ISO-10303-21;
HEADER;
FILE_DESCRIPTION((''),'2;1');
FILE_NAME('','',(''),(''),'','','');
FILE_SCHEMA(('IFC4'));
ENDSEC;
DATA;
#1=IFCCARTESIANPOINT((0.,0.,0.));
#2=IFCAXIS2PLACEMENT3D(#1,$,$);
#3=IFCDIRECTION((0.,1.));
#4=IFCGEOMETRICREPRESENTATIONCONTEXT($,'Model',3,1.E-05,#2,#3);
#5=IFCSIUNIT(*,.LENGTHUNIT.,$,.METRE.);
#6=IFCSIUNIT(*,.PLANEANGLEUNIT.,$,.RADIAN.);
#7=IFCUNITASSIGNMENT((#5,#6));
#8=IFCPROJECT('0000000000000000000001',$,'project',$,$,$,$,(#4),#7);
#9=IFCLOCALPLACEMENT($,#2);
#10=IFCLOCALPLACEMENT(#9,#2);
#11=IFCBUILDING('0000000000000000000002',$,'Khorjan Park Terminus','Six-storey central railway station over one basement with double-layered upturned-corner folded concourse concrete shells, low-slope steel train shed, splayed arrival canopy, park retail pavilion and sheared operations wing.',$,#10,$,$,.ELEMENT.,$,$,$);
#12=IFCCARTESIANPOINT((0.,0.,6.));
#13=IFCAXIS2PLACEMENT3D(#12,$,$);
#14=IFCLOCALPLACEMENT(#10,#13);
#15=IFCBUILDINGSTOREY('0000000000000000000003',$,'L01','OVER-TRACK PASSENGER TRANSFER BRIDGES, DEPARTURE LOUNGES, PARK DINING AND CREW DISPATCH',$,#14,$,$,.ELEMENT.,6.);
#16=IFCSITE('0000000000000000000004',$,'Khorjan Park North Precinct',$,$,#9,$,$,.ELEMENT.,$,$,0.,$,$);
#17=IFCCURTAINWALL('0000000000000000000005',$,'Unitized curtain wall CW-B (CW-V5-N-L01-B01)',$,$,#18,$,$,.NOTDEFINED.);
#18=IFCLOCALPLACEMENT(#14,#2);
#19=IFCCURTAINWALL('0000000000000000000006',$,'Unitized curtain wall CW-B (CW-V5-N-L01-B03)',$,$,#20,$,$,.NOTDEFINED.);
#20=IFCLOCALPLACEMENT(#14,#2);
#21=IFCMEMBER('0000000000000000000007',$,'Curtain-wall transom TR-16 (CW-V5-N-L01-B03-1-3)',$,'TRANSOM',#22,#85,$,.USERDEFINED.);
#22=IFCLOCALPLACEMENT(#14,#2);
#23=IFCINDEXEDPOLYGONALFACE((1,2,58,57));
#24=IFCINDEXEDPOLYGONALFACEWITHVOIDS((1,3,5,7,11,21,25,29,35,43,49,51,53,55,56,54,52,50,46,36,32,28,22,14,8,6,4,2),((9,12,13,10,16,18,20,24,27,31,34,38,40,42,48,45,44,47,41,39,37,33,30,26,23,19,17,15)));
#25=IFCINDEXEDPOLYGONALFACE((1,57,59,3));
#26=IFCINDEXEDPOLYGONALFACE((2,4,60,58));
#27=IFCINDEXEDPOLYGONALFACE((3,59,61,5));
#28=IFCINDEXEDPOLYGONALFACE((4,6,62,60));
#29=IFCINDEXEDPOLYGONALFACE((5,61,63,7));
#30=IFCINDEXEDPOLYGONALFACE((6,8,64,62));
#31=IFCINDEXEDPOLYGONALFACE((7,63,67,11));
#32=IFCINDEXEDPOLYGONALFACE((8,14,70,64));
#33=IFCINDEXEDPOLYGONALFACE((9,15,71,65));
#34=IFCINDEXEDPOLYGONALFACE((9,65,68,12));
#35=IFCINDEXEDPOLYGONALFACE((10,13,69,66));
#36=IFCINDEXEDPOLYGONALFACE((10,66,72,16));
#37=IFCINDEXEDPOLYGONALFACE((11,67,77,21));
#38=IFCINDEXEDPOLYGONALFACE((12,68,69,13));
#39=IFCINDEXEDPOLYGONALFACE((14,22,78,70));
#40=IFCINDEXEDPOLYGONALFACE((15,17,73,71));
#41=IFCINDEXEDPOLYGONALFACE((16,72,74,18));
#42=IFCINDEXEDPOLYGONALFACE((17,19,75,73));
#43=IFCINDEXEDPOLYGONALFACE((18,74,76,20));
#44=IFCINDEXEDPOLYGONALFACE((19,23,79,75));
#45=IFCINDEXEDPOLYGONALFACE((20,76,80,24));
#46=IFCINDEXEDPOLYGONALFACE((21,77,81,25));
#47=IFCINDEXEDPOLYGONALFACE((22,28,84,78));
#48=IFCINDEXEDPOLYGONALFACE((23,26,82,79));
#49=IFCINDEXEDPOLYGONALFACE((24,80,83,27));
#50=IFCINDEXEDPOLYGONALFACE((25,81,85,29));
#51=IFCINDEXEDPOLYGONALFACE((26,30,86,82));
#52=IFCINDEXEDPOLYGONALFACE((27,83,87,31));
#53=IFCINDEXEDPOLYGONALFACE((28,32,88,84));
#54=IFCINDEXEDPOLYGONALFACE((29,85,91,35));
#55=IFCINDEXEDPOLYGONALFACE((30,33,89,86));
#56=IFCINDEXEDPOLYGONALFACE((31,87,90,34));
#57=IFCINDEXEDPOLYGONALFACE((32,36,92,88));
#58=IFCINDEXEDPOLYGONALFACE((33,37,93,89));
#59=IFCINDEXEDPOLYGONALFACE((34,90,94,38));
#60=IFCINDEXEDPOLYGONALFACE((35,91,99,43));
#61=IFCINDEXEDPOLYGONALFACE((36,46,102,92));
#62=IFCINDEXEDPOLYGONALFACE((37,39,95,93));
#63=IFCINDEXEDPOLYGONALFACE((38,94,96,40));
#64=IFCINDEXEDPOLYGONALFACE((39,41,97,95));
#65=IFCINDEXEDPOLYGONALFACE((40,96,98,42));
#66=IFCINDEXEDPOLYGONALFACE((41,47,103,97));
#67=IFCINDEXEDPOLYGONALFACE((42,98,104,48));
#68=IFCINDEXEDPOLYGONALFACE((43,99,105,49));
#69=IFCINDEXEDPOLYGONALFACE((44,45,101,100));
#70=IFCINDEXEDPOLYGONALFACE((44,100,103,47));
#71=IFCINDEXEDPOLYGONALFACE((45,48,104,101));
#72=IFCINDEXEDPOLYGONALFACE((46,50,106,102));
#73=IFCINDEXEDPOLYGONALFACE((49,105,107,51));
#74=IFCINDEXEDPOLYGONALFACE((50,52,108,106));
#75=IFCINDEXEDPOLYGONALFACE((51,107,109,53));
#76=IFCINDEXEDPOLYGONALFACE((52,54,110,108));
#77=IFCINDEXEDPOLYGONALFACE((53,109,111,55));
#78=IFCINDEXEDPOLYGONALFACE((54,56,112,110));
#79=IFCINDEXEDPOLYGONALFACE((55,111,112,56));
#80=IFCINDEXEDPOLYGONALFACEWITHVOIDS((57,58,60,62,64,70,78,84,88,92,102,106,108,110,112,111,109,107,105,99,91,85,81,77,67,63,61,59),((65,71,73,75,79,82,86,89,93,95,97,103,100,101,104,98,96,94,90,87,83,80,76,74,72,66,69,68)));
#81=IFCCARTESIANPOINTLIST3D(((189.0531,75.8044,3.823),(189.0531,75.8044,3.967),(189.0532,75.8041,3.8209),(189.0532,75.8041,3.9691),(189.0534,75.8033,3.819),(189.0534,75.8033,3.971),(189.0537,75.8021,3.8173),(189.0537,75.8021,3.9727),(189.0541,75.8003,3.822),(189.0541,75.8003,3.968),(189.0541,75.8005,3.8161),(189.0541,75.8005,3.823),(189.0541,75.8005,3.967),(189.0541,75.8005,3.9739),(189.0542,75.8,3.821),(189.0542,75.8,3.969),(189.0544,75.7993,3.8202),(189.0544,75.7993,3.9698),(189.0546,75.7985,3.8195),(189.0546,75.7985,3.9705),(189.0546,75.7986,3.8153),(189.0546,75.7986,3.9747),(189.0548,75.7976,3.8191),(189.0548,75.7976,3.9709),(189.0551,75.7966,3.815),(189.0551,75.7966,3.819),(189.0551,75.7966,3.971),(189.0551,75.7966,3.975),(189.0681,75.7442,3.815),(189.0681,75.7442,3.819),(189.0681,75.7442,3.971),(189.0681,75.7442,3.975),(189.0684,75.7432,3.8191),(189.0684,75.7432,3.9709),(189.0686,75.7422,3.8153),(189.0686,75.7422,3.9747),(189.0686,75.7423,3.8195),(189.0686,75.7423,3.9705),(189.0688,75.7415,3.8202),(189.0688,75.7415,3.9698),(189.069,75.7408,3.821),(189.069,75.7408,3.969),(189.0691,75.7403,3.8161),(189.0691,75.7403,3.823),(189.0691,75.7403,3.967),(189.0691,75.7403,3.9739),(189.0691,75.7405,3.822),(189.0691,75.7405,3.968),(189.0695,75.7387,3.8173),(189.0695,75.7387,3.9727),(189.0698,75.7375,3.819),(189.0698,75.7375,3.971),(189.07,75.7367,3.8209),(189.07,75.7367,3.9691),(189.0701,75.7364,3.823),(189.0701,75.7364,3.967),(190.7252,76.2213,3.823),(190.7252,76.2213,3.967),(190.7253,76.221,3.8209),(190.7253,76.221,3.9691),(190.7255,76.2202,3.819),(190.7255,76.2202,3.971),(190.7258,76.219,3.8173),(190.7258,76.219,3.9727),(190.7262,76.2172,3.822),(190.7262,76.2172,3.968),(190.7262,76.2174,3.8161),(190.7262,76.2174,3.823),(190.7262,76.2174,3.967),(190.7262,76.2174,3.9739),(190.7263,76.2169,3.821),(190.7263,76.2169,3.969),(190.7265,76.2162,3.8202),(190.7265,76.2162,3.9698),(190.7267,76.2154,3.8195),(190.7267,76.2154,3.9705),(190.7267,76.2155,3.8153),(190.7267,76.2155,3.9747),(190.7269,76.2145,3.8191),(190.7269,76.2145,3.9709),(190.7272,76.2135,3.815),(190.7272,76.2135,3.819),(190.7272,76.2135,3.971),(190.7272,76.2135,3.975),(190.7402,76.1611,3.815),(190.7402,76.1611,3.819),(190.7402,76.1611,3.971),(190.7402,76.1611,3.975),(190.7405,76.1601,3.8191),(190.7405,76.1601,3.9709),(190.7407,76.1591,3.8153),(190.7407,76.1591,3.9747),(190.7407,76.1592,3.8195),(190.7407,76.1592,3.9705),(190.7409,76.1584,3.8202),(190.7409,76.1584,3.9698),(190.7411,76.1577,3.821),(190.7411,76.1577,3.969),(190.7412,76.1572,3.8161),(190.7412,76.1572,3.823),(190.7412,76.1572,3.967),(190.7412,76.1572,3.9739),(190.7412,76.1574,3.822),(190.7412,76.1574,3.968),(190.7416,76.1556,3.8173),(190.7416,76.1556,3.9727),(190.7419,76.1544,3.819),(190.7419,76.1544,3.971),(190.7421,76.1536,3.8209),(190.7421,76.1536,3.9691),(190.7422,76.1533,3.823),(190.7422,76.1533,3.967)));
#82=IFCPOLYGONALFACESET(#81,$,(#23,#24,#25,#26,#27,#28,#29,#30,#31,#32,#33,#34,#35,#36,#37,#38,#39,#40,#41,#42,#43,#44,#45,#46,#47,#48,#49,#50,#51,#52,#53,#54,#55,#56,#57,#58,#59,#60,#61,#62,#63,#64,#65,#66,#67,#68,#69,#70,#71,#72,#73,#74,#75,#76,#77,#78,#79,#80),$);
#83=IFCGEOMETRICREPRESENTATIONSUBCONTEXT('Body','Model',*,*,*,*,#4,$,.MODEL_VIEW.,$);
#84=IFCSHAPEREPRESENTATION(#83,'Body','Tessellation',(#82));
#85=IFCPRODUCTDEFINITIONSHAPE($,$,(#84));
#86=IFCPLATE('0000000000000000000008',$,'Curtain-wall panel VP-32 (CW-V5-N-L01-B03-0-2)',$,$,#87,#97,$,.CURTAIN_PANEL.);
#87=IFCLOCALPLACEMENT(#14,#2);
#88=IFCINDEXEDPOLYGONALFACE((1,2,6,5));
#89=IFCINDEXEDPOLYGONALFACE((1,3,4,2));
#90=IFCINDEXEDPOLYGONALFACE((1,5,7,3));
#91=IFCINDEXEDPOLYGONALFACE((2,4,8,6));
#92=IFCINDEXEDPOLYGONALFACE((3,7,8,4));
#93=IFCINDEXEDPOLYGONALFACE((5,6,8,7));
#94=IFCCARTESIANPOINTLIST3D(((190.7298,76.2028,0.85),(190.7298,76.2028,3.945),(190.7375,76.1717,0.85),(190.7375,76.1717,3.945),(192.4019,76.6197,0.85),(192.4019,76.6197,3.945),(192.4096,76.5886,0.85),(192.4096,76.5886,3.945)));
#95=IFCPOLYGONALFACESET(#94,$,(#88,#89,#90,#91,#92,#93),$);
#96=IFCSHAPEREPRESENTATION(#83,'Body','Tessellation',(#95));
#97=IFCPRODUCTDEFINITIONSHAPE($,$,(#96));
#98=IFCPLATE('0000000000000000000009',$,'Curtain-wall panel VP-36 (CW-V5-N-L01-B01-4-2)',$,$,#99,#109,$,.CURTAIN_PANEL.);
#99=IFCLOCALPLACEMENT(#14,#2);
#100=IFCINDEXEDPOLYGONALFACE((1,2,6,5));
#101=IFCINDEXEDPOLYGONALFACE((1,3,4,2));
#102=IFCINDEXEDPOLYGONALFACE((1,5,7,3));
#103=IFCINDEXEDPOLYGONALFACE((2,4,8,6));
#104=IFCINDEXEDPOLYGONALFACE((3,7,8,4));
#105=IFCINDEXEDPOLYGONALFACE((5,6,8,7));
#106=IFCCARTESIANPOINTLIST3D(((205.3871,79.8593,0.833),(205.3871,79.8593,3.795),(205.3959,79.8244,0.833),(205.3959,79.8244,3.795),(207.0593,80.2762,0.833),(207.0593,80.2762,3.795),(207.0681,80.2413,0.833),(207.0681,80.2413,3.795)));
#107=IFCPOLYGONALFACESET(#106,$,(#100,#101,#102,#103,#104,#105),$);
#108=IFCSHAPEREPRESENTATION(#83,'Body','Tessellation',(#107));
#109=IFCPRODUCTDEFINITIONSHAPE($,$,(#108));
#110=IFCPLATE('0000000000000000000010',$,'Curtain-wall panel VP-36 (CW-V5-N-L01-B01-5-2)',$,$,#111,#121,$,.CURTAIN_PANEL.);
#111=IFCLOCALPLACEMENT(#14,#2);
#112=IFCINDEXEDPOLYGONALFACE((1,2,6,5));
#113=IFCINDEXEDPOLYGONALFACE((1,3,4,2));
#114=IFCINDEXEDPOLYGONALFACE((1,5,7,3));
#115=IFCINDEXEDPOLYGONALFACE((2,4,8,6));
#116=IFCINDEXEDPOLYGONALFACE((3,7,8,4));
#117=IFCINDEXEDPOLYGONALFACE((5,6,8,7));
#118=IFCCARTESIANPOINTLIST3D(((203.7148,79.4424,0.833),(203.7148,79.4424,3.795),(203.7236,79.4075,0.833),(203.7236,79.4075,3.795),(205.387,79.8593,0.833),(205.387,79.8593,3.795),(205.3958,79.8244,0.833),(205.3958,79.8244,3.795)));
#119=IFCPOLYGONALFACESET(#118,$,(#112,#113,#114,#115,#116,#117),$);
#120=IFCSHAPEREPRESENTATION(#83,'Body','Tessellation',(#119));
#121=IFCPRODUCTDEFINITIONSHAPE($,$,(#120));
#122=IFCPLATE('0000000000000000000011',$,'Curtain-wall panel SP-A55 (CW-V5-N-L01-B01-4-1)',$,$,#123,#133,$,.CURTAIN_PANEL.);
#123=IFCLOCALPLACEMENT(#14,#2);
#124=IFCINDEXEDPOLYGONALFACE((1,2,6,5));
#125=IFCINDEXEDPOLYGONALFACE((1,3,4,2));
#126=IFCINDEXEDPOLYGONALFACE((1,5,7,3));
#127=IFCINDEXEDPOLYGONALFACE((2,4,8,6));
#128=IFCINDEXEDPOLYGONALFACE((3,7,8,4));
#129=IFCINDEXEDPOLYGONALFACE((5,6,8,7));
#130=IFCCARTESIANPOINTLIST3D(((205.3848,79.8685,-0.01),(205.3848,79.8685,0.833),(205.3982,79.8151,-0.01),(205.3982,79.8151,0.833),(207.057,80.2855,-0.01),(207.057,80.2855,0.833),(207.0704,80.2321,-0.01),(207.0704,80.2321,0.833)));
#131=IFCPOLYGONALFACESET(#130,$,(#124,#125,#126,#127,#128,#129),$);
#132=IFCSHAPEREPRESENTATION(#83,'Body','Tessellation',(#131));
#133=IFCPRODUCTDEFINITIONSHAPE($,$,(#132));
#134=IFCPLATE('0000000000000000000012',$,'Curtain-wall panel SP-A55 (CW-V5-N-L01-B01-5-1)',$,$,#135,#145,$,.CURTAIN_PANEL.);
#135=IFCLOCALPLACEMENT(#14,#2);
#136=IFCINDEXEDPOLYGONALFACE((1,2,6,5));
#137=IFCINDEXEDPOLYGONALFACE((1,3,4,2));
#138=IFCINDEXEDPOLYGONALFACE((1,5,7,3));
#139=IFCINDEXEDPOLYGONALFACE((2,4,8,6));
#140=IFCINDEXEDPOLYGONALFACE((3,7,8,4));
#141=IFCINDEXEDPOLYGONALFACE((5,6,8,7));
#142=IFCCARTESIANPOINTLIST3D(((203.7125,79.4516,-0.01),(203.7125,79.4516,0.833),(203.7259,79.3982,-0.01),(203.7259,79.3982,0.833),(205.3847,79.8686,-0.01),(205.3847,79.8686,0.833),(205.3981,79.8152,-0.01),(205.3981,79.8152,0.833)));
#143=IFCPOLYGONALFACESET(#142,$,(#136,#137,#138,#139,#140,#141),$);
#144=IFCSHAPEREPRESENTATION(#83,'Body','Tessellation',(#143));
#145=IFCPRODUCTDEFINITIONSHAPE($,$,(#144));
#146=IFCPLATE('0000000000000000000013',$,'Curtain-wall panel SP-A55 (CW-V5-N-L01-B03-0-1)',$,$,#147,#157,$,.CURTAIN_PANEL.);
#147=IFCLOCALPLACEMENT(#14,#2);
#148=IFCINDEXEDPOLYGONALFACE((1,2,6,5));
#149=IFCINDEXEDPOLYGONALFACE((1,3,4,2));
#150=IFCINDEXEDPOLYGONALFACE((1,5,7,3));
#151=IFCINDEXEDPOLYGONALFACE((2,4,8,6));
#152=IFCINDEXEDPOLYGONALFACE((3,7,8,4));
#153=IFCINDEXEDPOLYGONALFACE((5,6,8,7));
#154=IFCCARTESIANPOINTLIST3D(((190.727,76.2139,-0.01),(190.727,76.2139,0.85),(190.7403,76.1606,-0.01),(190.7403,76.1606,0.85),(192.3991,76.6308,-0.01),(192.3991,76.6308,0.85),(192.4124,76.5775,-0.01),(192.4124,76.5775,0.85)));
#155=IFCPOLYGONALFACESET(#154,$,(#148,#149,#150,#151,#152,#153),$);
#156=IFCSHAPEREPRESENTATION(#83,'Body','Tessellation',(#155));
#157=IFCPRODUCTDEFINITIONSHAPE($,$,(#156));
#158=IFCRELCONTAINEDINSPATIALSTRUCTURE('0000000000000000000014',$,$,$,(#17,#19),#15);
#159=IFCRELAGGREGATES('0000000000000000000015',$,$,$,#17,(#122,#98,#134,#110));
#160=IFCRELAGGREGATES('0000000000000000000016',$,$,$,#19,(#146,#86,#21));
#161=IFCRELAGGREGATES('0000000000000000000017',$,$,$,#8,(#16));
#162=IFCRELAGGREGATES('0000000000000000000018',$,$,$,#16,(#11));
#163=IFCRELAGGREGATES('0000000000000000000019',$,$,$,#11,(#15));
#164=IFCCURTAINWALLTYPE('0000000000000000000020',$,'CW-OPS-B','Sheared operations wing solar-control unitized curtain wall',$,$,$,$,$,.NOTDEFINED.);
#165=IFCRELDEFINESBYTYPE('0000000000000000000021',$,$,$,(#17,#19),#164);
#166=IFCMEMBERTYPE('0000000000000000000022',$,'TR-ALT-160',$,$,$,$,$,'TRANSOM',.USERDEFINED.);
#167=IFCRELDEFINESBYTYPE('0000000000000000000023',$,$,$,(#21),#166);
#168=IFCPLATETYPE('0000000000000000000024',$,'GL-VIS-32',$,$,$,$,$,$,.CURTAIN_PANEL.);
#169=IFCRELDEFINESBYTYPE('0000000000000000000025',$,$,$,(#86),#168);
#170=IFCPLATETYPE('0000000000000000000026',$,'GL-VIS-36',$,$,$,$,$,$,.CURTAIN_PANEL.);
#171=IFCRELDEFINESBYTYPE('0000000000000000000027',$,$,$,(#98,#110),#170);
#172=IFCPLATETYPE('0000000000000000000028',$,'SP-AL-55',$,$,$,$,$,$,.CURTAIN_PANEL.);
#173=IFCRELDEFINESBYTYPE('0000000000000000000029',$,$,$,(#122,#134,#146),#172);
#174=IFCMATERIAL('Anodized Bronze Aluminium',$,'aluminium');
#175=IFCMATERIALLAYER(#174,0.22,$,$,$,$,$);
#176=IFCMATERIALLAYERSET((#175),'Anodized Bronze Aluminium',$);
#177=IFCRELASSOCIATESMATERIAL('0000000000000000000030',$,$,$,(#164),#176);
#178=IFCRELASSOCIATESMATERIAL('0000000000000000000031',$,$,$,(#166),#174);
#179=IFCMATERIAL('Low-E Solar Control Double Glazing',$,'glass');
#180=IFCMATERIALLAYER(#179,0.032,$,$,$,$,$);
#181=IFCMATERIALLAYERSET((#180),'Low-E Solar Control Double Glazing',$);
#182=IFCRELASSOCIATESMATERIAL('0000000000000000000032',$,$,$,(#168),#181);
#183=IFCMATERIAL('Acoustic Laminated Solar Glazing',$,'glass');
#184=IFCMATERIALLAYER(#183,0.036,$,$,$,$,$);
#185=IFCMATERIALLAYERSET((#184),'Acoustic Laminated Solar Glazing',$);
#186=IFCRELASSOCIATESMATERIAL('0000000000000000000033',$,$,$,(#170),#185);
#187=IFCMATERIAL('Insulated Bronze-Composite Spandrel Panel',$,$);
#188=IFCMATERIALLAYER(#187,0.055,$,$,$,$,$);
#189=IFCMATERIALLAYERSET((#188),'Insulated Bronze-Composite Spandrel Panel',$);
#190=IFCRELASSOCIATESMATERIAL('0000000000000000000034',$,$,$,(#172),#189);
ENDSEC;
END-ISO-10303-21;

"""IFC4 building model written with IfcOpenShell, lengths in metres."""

from ifc_helpers import new_model, si_unit, direction, frame, origin, origin_2d, place, context, subcontext, project, spatial, rectangle, hollow_rectangle, extrude, material, layer, layer_set, material_profile, profile_set, type_object, element, aggregate, save


model = new_model("IFC4")

# Units and contexts
model_context = context("Model", 3, precision=1e-05, world=origin(), true_north=direction((0.0, 1.0)))
body_context = subcontext(model_context, "Body", "Model", "MODEL_VIEW")
ifc_project = project(units=[si_unit("LENGTHUNIT", "METRE"), si_unit("PLANEANGLEUNIT", "RADIAN")], contexts=[model_context])

# Site, building, storey
site_placement = place(None, origin())
site = spatial("IfcSite", under=ifc_project, at=site_placement, Name="Khorjan Park North Precinct", CompositionType="ELEMENT", RefElevation=0.0)
building_placement = place(site_placement, origin())
building = spatial("IfcBuilding", under=site, at=building_placement, Name="Khorjan Park Terminus", Description="Six-storey central railway station over one basement with double-layered upturned-corner folded concourse concrete shells, low-slope steel train shed, splayed arrival canopy, park retail pavilion and sheared operations wing.", CompositionType="ELEMENT")
storey_placement = place(building_placement, frame((0.0, 0.0, 6.0)))
storey = spatial("IfcBuildingStorey", under=building, at=storey_placement, Name="L01", Description="OVER-TRACK PASSENGER TRANSFER BRIDGES, DEPARTURE LOUNGES, PARK DINING AND CREW DISPATCH", CompositionType="ELEMENT", Elevation=6.0)

# Curtain wall
ifc_material_1 = material(Name="Anodized Bronze Aluminium", Category="aluminium")
ifc_layer_1 = layer(ifc_material_1, 0.22)
ifc_layer_set_1 = layer_set([ifc_layer_1], Name="Anodized Bronze Aluminium")
curtain_wall_type = type_object("IfcCurtainWallType", Name="CW-OPS-B", Description="Sheared operations wing solar-control unitized curtain wall", PredefinedType="NOTDEFINED", material=ifc_layer_set_1)
curtain_wall_1_placement = place(storey_placement, origin())
curtain_wall_1 = element("IfcCurtainWall", 1, at=curtain_wall_1_placement, inside=storey, type_object=curtain_wall_type, Name="Unitized curtain wall CW-B (CW-V5-N-L01-B01)", PredefinedType="NOTDEFINED")

# Curtain wall
curtain_wall_2_placement = place(storey_placement, origin())
curtain_wall_2 = element("IfcCurtainWall", 2, at=curtain_wall_2_placement, inside=storey, type_object=curtain_wall_type, Name="Unitized curtain wall CW-B (CW-V5-N-L01-B03)", PredefinedType="NOTDEFINED")

# Member
ifc_material_profile_1 = material_profile(ifc_material_1, hollow_rectangle(XDim=0.07, YDim=0.16, WallThickness=0.004, InnerFilletRadius=0.004, OuterFilletRadius=0.008, at=origin_2d()), Name="ALT 70x160x4")
ifc_profile_set_1 = profile_set([ifc_material_profile_1], Name="Anodized Bronze Aluminium")
member_type_1 = type_object("IfcMemberType", Name="TR-ALT-160", ElementType="TRANSOM", PredefinedType="USERDEFINED", material=ifc_profile_set_1)
member_1_placement = place(storey_placement, frame((190.7337, 76.1873, 3.895), z_axis=(-0.970296, -0.241921, 0.0), x_axis=(0.241921, -0.970296, 0.0)))
member_1 = element("IfcMember", 3, at=member_1_placement, type_object=member_type_1, Name="Curtain-wall transom TR-16 (CW-V5-N-L01-B03-1-3)", ObjectType="TRANSOM", PredefinedType="USERDEFINED", context=body_context, shape_type="SweptSolid", body=[
    extrude(hollow_rectangle(XDim=0.07, YDim=0.16, WallThickness=0.004, InnerFilletRadius=0.004, OuterFilletRadius=0.008, at=origin_2d()), origin(), (0.0, 0.0, 1.0), 1.7233),
])

# Plates
ifc_material_2 = material(Name="Low-E Solar Control Double Glazing", Category="glass")
ifc_layer_2 = layer(ifc_material_2, 0.032)
ifc_layer_set_2 = layer_set([ifc_layer_2], Name="Low-E Solar Control Double Glazing")
plate_type_1 = type_object("IfcPlateType", Name="GL-VIS-32", PredefinedType="CURTAIN_PANEL", material=ifc_layer_set_2)
plate_1_placement = place(storey_placement, frame((191.5697, 76.3957, 0.85), z_axis=(0.0, 0.0, 1.0), x_axis=(-0.970296, -0.241921, 0.0)))
plate_1 = element("IfcPlate", 4, at=plate_1_placement, type_object=plate_type_1, Name="Curtain-wall panel VP-32 (CW-V5-N-L01-B03-0-2)", PredefinedType="CURTAIN_PANEL", context=body_context, shape_type="SweptSolid", body=[
    extrude(rectangle(XDim=1.7233, YDim=0.032, at=origin_2d()), origin(), (0.0, 0.0, 1.0), 3.095),
])
ifc_material_3 = material(Name="Acoustic Laminated Solar Glazing", Category="glass")
ifc_layer_3 = layer(ifc_material_3, 0.036)
ifc_layer_set_3 = layer_set([ifc_layer_3], Name="Acoustic Laminated Solar Glazing")
plate_type_2 = type_object("IfcPlateType", Name="GL-VIS-36", PredefinedType="CURTAIN_PANEL", material=ifc_layer_set_3)
plate_2_placement = place(storey_placement, frame((206.2276, 80.0503, 0.833), z_axis=(0.0, 0.0, 1.0), x_axis=(-0.970294, -0.241928, 0.0)))
plate_2 = element("IfcPlate", 5, at=plate_2_placement, type_object=plate_type_2, Name="Curtain-wall panel VP-36 (CW-V5-N-L01-B01-4-2)", PredefinedType="CURTAIN_PANEL", context=body_context, shape_type="SweptSolid", body=[
    extrude(rectangle(XDim=1.7234, YDim=0.036, at=origin_2d()), origin(), (0.0, 0.0, 1.0), 2.962),
])
plate_3_placement = place(storey_placement, frame((204.5553, 79.6334, 0.833), z_axis=(0.0, 0.0, 1.0), x_axis=(-0.970294, -0.241928, 0.0)))
plate_3 = element("IfcPlate", 6, at=plate_3_placement, type_object=plate_type_2, Name="Curtain-wall panel VP-36 (CW-V5-N-L01-B01-5-2)", PredefinedType="CURTAIN_PANEL", context=body_context, shape_type="SweptSolid", body=[
    extrude(rectangle(XDim=1.7234, YDim=0.036, at=origin_2d()), origin(), (0.0, 0.0, 1.0), 2.962),
])
ifc_material_4 = material(Name="Insulated Bronze-Composite Spandrel Panel")
ifc_layer_4 = layer(ifc_material_4, 0.055)
ifc_layer_set_4 = layer_set([ifc_layer_4], Name="Insulated Bronze-Composite Spandrel Panel")
plate_type_3 = type_object("IfcPlateType", Name="SP-AL-55", PredefinedType="CURTAIN_PANEL", material=ifc_layer_set_4)
plate_4_placement = place(storey_placement, frame((206.2276, 80.0503, -0.01), z_axis=(0.0, 0.0, 1.0), x_axis=(-0.970294, -0.241928, 0.0)))
plate_4 = element("IfcPlate", 7, at=plate_4_placement, type_object=plate_type_3, Name="Curtain-wall panel SP-A55 (CW-V5-N-L01-B01-4-1)", PredefinedType="CURTAIN_PANEL", context=body_context, shape_type="SweptSolid", body=[
    extrude(rectangle(XDim=1.7234, YDim=0.055, at=origin_2d()), origin(), (0.0, 0.0, 1.0), 0.843),
])
plate_5_placement = place(storey_placement, frame((204.5553, 79.6334, -0.01), z_axis=(0.0, 0.0, 1.0), x_axis=(-0.970294, -0.241928, 0.0)))
plate_5 = element("IfcPlate", 8, at=plate_5_placement, type_object=plate_type_3, Name="Curtain-wall panel SP-A55 (CW-V5-N-L01-B01-5-1)", PredefinedType="CURTAIN_PANEL", context=body_context, shape_type="SweptSolid", body=[
    extrude(rectangle(XDim=1.7234, YDim=0.055, at=origin_2d()), origin(), (0.0, 0.0, 1.0), 0.843),
])
aggregate(curtain_wall_1, [plate_4, plate_2, plate_5, plate_3])
plate_6_placement = place(storey_placement, frame((191.5697, 76.3957, -0.01), z_axis=(0.0, 0.0, 1.0), x_axis=(-0.970296, -0.241921, 0.0)))
plate_6 = element("IfcPlate", 9, at=plate_6_placement, type_object=plate_type_3, Name="Curtain-wall panel SP-A55 (CW-V5-N-L01-B03-0-1)", PredefinedType="CURTAIN_PANEL", context=body_context, shape_type="SweptSolid", body=[
    extrude(rectangle(XDim=1.7233, YDim=0.055, at=origin_2d()), origin(), (0.0, 0.0, 1.0), 0.86),
])
aggregate(curtain_wall_2, [plate_6, plate_1, member_1])

save(model, "model.ifc")
